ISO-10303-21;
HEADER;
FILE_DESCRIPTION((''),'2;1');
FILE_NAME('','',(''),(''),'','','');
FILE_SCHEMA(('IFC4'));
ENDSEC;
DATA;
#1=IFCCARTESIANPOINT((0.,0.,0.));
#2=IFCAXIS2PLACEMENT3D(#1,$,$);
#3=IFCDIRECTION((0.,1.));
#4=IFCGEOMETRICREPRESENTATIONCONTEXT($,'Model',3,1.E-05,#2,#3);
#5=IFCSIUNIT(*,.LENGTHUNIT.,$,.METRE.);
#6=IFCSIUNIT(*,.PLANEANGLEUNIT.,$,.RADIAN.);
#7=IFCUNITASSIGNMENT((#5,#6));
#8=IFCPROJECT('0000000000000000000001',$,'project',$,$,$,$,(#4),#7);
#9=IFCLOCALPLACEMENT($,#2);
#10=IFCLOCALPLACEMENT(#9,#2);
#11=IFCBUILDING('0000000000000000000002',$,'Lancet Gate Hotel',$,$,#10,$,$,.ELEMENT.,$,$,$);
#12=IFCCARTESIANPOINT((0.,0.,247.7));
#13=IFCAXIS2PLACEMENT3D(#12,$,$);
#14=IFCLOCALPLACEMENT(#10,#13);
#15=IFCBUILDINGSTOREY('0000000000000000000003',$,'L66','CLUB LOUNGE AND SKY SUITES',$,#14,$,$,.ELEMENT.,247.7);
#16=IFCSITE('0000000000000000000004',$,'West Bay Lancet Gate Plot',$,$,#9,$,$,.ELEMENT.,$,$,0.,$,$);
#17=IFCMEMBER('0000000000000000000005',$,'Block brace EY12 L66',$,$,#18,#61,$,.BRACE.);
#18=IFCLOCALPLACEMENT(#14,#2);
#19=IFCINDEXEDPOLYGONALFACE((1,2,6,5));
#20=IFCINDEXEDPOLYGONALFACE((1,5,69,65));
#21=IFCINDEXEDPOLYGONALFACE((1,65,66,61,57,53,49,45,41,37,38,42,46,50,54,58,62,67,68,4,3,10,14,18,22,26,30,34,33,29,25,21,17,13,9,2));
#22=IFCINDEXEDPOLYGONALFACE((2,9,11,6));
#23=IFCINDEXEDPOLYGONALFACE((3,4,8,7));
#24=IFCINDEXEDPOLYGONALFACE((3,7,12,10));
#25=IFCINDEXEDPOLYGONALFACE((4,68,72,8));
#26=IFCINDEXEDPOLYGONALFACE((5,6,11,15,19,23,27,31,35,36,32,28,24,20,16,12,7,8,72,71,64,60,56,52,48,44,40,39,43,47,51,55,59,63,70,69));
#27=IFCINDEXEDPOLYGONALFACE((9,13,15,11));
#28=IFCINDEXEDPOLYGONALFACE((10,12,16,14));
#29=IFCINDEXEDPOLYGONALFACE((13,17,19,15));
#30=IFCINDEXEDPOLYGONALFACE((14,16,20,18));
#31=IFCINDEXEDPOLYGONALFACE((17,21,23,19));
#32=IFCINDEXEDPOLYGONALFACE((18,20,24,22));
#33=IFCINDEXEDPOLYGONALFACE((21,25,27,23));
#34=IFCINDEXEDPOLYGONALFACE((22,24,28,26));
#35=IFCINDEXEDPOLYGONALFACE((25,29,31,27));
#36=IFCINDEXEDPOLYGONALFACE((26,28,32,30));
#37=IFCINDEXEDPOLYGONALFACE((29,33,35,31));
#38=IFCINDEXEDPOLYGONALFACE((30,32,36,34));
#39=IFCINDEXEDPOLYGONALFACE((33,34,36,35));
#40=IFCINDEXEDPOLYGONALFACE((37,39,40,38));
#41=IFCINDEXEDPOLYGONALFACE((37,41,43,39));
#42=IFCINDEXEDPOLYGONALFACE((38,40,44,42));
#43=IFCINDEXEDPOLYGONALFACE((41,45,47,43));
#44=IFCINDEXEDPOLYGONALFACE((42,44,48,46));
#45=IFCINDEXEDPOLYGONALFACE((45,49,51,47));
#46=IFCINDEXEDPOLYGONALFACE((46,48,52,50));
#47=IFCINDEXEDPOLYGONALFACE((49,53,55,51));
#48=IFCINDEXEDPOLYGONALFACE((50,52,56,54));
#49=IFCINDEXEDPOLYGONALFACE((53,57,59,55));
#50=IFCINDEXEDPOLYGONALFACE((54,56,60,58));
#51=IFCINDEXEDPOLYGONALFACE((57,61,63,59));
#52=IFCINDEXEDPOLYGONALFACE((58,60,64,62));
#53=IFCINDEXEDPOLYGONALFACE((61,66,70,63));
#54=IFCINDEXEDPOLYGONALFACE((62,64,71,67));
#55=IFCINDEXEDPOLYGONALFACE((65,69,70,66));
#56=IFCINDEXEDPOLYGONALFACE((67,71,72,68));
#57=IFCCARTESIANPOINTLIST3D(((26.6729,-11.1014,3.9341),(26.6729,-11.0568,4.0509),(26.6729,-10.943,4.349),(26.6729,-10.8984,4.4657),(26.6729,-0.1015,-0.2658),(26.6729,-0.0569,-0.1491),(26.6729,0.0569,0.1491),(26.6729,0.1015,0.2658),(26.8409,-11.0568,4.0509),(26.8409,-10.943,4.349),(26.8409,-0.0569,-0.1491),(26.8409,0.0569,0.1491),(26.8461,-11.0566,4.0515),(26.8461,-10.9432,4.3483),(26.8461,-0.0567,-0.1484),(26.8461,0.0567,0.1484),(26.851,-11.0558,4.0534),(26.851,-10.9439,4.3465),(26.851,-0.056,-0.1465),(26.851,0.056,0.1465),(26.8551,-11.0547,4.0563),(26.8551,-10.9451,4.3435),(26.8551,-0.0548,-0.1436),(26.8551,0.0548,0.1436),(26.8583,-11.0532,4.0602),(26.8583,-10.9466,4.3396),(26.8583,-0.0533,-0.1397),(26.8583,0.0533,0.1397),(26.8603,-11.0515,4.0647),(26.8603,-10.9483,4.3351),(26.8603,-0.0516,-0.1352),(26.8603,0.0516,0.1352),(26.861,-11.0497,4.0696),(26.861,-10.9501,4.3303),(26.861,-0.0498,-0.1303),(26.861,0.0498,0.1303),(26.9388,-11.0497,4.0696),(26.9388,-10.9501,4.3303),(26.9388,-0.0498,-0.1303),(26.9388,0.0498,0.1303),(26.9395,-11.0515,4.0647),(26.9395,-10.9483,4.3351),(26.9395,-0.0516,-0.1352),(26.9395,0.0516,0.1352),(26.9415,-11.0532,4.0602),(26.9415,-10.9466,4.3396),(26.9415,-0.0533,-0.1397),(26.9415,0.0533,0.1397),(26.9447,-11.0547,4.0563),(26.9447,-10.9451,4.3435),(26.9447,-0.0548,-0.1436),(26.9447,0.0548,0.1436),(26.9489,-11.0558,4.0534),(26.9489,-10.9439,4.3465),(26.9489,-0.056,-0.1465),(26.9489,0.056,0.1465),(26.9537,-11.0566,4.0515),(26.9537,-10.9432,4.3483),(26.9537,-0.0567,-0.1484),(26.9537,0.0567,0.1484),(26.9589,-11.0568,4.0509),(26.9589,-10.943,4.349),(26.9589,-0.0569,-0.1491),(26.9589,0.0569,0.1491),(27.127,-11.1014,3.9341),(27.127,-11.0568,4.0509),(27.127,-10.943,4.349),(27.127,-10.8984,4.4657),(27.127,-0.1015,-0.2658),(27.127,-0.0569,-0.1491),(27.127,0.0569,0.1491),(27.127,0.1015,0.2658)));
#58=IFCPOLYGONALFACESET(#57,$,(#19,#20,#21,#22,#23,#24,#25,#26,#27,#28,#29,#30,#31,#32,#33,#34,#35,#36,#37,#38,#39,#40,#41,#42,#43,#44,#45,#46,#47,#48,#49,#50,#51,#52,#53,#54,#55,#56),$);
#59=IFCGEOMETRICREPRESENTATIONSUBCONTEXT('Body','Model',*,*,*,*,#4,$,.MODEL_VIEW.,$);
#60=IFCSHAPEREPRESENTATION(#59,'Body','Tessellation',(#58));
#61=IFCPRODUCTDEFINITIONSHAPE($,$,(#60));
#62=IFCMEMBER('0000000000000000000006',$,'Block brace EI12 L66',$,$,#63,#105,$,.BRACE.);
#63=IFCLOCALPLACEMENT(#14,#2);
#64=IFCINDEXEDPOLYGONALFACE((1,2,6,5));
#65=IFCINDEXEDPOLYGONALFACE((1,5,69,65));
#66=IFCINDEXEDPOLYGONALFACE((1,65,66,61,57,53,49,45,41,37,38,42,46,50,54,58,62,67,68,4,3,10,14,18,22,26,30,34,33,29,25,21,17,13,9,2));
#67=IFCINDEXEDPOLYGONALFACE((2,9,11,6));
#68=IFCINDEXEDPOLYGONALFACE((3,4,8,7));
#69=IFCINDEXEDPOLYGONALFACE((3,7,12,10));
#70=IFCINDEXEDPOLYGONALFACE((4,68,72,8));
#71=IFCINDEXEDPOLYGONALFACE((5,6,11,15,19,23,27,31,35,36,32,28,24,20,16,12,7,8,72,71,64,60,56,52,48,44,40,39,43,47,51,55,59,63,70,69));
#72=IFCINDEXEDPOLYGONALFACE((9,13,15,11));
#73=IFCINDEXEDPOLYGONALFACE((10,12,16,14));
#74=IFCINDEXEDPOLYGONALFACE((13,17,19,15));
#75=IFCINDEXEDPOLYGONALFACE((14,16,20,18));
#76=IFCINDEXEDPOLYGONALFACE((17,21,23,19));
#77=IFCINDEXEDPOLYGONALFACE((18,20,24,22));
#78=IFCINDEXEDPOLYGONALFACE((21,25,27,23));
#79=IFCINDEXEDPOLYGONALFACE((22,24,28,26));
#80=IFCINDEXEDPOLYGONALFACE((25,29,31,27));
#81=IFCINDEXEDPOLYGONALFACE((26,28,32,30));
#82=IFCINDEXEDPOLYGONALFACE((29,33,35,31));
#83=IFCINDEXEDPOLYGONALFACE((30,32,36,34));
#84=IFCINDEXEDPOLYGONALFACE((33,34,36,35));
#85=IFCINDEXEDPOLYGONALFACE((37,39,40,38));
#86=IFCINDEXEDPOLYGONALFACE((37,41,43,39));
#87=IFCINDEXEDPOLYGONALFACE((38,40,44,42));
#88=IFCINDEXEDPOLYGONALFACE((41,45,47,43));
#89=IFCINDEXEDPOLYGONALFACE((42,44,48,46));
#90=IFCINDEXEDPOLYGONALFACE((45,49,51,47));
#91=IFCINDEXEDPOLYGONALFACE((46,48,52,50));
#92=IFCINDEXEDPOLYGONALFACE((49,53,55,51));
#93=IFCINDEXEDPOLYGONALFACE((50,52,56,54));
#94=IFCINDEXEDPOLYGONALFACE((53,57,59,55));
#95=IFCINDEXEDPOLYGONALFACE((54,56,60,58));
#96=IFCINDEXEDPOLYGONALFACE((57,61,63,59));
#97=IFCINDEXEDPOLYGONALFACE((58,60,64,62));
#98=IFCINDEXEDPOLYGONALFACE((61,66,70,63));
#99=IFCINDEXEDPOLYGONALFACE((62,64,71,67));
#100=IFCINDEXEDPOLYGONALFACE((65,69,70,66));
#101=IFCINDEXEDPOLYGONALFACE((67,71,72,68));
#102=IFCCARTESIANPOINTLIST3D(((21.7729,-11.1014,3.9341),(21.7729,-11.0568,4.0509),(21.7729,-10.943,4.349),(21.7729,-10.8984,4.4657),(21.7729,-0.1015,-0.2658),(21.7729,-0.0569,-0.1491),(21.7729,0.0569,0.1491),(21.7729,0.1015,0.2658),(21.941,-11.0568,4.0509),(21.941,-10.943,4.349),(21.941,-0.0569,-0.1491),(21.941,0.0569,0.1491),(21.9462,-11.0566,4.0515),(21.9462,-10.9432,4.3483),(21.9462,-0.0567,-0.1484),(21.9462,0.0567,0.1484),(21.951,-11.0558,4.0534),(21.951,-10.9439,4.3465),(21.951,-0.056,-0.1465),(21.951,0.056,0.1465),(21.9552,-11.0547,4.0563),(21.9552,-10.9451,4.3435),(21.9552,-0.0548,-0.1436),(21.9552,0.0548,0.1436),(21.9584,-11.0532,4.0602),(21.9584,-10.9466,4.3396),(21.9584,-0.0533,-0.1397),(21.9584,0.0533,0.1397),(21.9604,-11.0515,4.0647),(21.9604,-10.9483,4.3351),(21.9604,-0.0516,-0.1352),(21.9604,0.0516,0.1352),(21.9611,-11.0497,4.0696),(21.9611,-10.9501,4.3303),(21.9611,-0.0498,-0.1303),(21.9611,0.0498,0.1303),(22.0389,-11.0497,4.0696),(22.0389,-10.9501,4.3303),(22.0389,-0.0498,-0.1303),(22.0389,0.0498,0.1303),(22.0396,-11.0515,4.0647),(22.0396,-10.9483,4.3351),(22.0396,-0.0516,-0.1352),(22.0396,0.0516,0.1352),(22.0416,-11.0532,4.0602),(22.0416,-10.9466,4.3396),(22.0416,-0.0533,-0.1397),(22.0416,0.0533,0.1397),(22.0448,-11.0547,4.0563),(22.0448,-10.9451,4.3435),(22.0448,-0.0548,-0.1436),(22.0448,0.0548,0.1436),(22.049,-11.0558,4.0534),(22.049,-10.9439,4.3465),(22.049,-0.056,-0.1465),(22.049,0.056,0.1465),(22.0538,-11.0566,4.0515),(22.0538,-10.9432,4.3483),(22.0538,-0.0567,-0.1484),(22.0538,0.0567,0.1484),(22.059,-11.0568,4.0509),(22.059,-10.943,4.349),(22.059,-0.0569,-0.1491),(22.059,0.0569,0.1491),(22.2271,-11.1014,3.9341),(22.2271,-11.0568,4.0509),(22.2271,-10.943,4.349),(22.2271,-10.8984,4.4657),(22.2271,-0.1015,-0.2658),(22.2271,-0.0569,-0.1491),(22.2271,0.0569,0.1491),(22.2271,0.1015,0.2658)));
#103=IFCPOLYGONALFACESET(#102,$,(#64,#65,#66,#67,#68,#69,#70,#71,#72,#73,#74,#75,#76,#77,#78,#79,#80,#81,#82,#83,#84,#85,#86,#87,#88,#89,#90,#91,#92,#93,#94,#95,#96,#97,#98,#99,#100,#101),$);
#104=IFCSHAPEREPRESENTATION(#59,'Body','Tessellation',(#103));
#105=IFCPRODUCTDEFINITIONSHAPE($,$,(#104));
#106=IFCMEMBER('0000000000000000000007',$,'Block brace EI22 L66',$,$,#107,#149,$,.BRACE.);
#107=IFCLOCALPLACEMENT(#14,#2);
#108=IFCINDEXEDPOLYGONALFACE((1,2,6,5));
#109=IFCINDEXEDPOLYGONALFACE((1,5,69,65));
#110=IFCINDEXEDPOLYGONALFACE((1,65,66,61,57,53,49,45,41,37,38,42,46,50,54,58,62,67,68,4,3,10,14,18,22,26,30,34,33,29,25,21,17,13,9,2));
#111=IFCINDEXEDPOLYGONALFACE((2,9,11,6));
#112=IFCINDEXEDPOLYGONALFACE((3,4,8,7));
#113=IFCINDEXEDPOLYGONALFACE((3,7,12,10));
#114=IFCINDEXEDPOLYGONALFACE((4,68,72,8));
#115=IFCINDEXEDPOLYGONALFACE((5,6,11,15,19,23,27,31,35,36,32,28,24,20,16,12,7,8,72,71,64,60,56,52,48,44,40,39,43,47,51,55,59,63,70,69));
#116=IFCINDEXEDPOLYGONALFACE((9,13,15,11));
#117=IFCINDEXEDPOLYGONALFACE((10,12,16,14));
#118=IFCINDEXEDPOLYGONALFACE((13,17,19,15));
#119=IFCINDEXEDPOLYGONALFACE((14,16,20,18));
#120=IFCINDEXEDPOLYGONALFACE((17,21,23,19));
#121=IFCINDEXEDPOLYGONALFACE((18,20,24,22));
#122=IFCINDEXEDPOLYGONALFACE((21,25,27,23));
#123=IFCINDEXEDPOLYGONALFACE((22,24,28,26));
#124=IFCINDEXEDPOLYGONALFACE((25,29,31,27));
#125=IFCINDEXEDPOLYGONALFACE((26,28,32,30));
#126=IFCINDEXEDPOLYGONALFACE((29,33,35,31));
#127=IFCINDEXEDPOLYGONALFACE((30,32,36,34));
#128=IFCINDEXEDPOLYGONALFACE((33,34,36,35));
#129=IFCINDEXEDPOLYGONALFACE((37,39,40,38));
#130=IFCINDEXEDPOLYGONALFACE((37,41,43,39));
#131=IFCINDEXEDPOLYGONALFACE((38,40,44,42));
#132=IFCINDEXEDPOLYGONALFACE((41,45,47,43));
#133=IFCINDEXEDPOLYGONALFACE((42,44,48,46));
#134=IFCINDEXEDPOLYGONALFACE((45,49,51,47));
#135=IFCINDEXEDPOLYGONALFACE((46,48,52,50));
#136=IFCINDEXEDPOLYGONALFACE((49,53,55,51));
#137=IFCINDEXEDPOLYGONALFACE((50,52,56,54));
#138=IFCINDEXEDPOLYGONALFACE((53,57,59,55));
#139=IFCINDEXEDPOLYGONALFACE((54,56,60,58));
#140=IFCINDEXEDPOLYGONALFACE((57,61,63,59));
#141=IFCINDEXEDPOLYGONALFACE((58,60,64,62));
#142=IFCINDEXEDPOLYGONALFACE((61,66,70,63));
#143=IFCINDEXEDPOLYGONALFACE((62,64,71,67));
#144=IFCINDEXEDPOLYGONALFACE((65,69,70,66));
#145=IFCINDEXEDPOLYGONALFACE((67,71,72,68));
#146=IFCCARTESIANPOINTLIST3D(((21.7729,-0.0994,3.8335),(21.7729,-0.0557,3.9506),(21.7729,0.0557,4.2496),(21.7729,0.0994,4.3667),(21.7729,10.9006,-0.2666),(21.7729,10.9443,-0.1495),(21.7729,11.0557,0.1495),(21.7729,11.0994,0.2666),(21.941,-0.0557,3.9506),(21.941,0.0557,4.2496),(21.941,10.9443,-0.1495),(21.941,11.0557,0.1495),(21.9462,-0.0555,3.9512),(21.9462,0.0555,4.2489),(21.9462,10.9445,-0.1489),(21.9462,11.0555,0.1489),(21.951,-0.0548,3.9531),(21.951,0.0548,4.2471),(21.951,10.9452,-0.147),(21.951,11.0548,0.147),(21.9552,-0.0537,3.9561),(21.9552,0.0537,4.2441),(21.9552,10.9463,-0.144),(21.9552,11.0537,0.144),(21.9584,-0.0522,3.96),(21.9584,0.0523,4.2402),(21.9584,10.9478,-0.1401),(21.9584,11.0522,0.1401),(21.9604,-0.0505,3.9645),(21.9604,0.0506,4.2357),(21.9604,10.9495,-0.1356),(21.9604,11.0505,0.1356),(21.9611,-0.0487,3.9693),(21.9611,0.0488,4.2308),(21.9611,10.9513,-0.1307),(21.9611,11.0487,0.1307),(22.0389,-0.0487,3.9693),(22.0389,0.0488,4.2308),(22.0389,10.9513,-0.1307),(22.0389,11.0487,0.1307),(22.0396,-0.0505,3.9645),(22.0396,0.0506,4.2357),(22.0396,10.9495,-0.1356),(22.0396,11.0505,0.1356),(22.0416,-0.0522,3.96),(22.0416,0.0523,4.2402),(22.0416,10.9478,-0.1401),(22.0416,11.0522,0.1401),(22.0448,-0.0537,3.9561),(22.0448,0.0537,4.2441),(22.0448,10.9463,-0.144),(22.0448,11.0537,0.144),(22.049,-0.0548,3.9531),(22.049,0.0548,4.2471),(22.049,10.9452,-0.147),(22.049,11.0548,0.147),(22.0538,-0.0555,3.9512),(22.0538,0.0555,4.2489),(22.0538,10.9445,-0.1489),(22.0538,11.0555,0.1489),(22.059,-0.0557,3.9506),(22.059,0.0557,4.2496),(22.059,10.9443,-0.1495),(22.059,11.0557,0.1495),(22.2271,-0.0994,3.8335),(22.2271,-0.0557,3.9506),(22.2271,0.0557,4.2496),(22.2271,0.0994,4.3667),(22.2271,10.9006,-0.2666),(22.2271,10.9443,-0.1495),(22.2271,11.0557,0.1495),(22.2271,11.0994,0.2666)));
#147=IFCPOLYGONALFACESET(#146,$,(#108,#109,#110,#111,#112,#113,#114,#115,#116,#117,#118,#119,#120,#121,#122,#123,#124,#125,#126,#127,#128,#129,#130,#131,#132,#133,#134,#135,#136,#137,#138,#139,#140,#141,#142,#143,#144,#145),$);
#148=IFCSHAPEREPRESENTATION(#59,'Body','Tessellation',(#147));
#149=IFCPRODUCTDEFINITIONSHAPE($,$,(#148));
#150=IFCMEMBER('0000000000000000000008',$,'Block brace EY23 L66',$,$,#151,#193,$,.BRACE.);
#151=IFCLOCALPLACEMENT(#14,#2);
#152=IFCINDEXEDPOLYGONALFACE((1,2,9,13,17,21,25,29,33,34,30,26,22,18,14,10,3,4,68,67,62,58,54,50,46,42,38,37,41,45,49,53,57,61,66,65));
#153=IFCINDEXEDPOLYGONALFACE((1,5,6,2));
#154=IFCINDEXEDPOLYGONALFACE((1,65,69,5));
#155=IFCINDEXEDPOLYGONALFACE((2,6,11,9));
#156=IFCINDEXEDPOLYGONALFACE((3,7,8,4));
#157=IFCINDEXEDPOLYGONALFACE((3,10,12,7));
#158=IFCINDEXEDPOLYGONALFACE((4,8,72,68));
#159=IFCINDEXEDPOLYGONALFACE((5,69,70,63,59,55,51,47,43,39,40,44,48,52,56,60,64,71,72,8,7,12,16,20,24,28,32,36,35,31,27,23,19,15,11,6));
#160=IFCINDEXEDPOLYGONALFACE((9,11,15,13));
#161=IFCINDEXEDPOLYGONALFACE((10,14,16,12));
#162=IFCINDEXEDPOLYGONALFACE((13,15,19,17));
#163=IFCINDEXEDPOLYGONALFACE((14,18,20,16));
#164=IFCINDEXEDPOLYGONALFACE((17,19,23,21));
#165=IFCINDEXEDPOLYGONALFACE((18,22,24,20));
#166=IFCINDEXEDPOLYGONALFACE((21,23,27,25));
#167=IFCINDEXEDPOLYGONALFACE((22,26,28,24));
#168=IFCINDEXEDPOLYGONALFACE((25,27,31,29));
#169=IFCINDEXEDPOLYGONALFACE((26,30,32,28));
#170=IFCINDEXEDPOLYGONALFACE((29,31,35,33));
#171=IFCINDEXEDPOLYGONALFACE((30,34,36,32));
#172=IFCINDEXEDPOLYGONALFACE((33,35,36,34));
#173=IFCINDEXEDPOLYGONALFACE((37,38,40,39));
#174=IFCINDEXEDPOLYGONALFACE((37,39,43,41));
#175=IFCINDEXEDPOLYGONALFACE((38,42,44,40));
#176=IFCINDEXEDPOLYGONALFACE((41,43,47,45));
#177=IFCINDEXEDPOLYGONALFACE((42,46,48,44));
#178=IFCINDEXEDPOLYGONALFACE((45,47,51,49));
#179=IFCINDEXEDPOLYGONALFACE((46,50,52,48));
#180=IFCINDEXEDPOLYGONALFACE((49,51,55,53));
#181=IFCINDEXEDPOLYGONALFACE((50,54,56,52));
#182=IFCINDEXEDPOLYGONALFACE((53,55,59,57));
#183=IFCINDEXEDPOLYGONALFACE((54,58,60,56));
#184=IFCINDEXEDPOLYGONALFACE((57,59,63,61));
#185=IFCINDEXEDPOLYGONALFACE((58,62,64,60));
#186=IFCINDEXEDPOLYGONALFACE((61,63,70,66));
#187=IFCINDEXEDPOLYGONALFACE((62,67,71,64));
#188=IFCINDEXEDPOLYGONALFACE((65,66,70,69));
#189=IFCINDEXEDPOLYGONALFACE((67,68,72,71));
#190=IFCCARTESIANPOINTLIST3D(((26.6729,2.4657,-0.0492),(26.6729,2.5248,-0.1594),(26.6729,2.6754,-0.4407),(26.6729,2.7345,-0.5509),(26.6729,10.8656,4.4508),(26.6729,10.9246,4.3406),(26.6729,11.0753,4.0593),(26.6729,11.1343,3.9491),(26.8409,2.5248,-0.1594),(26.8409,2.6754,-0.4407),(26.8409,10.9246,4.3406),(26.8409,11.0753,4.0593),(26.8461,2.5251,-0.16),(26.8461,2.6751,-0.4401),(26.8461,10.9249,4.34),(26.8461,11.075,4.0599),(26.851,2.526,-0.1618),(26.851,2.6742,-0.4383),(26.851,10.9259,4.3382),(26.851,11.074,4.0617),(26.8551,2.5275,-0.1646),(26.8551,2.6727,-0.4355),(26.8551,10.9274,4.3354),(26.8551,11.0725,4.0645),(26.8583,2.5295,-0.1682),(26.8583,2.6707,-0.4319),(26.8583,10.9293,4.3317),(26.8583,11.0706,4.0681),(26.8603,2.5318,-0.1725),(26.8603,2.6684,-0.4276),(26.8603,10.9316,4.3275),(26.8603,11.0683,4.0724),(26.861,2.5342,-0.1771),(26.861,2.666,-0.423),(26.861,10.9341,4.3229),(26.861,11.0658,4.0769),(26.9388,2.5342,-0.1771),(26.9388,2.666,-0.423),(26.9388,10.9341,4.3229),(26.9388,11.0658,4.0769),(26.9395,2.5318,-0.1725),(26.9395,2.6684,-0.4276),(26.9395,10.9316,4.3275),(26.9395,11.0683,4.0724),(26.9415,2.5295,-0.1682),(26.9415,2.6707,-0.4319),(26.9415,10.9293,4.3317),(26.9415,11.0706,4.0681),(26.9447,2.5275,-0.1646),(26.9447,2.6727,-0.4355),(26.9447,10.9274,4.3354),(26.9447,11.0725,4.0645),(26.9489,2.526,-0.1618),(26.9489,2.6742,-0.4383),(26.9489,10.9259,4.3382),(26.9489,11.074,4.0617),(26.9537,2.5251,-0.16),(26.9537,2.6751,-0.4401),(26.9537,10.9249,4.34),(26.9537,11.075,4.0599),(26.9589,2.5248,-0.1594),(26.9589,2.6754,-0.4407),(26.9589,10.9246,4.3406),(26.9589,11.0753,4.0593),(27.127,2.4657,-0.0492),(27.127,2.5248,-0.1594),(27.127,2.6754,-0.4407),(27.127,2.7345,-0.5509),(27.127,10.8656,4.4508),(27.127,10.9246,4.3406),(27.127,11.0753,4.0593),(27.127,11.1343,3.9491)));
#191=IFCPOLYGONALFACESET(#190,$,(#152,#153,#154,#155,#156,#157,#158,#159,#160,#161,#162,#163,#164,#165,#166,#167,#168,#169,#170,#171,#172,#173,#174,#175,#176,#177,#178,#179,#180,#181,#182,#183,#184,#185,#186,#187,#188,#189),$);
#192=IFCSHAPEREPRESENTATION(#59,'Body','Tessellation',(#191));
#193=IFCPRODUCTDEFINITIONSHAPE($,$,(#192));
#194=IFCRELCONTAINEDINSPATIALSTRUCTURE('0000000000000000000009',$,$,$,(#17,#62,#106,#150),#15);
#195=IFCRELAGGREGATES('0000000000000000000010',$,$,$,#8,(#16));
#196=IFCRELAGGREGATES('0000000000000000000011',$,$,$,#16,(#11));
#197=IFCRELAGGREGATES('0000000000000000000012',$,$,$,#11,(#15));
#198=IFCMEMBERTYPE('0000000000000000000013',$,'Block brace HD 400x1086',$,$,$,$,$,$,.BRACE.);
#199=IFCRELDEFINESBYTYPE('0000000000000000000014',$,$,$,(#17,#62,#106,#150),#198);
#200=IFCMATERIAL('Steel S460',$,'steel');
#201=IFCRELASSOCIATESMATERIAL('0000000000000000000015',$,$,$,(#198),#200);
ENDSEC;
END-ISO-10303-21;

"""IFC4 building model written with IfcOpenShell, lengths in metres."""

from ifc_helpers import new_model, si_unit, direction, frame, origin, origin_2d, place, context, subcontext, project, spatial, i_section, extrude, material, material_profile, profile_set, type_object, element, save


model = new_model("IFC4")

# Units and contexts
model_context = context("Model", 3, precision=1e-05, world=origin(), true_north=direction((0.0, 1.0)))
body_context = subcontext(model_context, "Body", "Model", "MODEL_VIEW")
ifc_project = project(units=[si_unit("LENGTHUNIT", "METRE"), si_unit("PLANEANGLEUNIT", "RADIAN")], contexts=[model_context])

# Site, building, storey
site_placement = place(None, origin())
site = spatial("IfcSite", under=ifc_project, at=site_placement, Name="West Bay Lancet Gate Plot", CompositionType="ELEMENT", RefElevation=0.0)
building_placement = place(site_placement, origin())
building = spatial("IfcBuilding", under=site, at=building_placement, Name="Lancet Gate Hotel", CompositionType="ELEMENT")
storey_placement = place(building_placement, frame((0.0, 0.0, 247.7)))
storey = spatial("IfcBuildingStorey", under=building, at=storey_placement, Name="L66", Description="CLUB LOUNGE AND SKY SUITES", CompositionType="ELEMENT", Elevation=247.7)

# Members
ifc_material_1 = material(Name="Steel S460", Category="steel")
ifc_material_profile_1 = material_profile(ifc_material_1, i_section(OverallWidth=0.4541, OverallDepth=0.5691, WebThickness=0.0779, FlangeThickness=0.125, FilletRadius=0.02, at=origin_2d()), Name="HD 400x1086")
ifc_profile_set_1 = profile_set([ifc_material_profile_1], Name="Steel S460")
member_type_1 = type_object("IfcMemberType", Name="Block brace HD 400x1086", PredefinedType="BRACE", material=ifc_profile_set_1)
for number, where, z_axis, x_axis, name in (
    (1, (26.8999, 0.0, 0.0), (0.0, -0.93422, 0.356698), (1.0, 0.0, 0.0), "Block brace EY12 L66"),
    (2, (22.0, 0.0, 0.0), (0.0, -0.93422, 0.356698), (1.0, 0.0, 0.0), "Block brace EI12 L66"),
):
    element("IfcMember", number, at=place(storey_placement, frame(where, z_axis=z_axis, x_axis=x_axis)), inside=storey, type_object=member_type_1, Name=name, PredefinedType="BRACE", context=body_context, shape_type="SweptSolid", body=[
        extrude(i_section(OverallWidth=0.4541, OverallDepth=0.5691, WebThickness=0.0779, FlangeThickness=0.125, FilletRadius=0.02, at=origin_2d()), origin(), (0.0, 0.0, 1.0), 11.7744),
    ])
member_1_placement = place(storey_placement, frame((22.0, 11.0, 0.0), z_axis=(0.0, -0.937025, 0.349263), x_axis=(1.0, 0.0, 0.0)))
element("IfcMember", 3, at=member_1_placement, inside=storey, type_object=member_type_1, Name="Block brace EI22 L66", PredefinedType="BRACE", context=body_context, shape_type="SweptSolid", body=[
    extrude(i_section(OverallWidth=0.4541, OverallDepth=0.5691, WebThickness=0.0779, FlangeThickness=0.125, FilletRadius=0.02, at=origin_2d()), origin(), (0.0, 0.0, 1.0), 11.7393),
])
member_2_placement = place(storey_placement, frame((26.8999, 2.6001, -0.3), z_axis=(0.0, 0.881478, 0.472226), x_axis=(-1.0, 0.0, 0.0)))
element("IfcMember", 4, at=member_2_placement, inside=storey, type_object=member_type_1, Name="Block brace EY23 L66", PredefinedType="BRACE", context=body_context, shape_type="SweptSolid", body=[
    extrude(i_section(OverallWidth=0.4541, OverallDepth=0.5691, WebThickness=0.0779, FlangeThickness=0.125, FilletRadius=0.02, at=origin_2d()), origin(), (0.0, 0.0, 1.0), 9.5293),
])

save(model, "model.ifc")
